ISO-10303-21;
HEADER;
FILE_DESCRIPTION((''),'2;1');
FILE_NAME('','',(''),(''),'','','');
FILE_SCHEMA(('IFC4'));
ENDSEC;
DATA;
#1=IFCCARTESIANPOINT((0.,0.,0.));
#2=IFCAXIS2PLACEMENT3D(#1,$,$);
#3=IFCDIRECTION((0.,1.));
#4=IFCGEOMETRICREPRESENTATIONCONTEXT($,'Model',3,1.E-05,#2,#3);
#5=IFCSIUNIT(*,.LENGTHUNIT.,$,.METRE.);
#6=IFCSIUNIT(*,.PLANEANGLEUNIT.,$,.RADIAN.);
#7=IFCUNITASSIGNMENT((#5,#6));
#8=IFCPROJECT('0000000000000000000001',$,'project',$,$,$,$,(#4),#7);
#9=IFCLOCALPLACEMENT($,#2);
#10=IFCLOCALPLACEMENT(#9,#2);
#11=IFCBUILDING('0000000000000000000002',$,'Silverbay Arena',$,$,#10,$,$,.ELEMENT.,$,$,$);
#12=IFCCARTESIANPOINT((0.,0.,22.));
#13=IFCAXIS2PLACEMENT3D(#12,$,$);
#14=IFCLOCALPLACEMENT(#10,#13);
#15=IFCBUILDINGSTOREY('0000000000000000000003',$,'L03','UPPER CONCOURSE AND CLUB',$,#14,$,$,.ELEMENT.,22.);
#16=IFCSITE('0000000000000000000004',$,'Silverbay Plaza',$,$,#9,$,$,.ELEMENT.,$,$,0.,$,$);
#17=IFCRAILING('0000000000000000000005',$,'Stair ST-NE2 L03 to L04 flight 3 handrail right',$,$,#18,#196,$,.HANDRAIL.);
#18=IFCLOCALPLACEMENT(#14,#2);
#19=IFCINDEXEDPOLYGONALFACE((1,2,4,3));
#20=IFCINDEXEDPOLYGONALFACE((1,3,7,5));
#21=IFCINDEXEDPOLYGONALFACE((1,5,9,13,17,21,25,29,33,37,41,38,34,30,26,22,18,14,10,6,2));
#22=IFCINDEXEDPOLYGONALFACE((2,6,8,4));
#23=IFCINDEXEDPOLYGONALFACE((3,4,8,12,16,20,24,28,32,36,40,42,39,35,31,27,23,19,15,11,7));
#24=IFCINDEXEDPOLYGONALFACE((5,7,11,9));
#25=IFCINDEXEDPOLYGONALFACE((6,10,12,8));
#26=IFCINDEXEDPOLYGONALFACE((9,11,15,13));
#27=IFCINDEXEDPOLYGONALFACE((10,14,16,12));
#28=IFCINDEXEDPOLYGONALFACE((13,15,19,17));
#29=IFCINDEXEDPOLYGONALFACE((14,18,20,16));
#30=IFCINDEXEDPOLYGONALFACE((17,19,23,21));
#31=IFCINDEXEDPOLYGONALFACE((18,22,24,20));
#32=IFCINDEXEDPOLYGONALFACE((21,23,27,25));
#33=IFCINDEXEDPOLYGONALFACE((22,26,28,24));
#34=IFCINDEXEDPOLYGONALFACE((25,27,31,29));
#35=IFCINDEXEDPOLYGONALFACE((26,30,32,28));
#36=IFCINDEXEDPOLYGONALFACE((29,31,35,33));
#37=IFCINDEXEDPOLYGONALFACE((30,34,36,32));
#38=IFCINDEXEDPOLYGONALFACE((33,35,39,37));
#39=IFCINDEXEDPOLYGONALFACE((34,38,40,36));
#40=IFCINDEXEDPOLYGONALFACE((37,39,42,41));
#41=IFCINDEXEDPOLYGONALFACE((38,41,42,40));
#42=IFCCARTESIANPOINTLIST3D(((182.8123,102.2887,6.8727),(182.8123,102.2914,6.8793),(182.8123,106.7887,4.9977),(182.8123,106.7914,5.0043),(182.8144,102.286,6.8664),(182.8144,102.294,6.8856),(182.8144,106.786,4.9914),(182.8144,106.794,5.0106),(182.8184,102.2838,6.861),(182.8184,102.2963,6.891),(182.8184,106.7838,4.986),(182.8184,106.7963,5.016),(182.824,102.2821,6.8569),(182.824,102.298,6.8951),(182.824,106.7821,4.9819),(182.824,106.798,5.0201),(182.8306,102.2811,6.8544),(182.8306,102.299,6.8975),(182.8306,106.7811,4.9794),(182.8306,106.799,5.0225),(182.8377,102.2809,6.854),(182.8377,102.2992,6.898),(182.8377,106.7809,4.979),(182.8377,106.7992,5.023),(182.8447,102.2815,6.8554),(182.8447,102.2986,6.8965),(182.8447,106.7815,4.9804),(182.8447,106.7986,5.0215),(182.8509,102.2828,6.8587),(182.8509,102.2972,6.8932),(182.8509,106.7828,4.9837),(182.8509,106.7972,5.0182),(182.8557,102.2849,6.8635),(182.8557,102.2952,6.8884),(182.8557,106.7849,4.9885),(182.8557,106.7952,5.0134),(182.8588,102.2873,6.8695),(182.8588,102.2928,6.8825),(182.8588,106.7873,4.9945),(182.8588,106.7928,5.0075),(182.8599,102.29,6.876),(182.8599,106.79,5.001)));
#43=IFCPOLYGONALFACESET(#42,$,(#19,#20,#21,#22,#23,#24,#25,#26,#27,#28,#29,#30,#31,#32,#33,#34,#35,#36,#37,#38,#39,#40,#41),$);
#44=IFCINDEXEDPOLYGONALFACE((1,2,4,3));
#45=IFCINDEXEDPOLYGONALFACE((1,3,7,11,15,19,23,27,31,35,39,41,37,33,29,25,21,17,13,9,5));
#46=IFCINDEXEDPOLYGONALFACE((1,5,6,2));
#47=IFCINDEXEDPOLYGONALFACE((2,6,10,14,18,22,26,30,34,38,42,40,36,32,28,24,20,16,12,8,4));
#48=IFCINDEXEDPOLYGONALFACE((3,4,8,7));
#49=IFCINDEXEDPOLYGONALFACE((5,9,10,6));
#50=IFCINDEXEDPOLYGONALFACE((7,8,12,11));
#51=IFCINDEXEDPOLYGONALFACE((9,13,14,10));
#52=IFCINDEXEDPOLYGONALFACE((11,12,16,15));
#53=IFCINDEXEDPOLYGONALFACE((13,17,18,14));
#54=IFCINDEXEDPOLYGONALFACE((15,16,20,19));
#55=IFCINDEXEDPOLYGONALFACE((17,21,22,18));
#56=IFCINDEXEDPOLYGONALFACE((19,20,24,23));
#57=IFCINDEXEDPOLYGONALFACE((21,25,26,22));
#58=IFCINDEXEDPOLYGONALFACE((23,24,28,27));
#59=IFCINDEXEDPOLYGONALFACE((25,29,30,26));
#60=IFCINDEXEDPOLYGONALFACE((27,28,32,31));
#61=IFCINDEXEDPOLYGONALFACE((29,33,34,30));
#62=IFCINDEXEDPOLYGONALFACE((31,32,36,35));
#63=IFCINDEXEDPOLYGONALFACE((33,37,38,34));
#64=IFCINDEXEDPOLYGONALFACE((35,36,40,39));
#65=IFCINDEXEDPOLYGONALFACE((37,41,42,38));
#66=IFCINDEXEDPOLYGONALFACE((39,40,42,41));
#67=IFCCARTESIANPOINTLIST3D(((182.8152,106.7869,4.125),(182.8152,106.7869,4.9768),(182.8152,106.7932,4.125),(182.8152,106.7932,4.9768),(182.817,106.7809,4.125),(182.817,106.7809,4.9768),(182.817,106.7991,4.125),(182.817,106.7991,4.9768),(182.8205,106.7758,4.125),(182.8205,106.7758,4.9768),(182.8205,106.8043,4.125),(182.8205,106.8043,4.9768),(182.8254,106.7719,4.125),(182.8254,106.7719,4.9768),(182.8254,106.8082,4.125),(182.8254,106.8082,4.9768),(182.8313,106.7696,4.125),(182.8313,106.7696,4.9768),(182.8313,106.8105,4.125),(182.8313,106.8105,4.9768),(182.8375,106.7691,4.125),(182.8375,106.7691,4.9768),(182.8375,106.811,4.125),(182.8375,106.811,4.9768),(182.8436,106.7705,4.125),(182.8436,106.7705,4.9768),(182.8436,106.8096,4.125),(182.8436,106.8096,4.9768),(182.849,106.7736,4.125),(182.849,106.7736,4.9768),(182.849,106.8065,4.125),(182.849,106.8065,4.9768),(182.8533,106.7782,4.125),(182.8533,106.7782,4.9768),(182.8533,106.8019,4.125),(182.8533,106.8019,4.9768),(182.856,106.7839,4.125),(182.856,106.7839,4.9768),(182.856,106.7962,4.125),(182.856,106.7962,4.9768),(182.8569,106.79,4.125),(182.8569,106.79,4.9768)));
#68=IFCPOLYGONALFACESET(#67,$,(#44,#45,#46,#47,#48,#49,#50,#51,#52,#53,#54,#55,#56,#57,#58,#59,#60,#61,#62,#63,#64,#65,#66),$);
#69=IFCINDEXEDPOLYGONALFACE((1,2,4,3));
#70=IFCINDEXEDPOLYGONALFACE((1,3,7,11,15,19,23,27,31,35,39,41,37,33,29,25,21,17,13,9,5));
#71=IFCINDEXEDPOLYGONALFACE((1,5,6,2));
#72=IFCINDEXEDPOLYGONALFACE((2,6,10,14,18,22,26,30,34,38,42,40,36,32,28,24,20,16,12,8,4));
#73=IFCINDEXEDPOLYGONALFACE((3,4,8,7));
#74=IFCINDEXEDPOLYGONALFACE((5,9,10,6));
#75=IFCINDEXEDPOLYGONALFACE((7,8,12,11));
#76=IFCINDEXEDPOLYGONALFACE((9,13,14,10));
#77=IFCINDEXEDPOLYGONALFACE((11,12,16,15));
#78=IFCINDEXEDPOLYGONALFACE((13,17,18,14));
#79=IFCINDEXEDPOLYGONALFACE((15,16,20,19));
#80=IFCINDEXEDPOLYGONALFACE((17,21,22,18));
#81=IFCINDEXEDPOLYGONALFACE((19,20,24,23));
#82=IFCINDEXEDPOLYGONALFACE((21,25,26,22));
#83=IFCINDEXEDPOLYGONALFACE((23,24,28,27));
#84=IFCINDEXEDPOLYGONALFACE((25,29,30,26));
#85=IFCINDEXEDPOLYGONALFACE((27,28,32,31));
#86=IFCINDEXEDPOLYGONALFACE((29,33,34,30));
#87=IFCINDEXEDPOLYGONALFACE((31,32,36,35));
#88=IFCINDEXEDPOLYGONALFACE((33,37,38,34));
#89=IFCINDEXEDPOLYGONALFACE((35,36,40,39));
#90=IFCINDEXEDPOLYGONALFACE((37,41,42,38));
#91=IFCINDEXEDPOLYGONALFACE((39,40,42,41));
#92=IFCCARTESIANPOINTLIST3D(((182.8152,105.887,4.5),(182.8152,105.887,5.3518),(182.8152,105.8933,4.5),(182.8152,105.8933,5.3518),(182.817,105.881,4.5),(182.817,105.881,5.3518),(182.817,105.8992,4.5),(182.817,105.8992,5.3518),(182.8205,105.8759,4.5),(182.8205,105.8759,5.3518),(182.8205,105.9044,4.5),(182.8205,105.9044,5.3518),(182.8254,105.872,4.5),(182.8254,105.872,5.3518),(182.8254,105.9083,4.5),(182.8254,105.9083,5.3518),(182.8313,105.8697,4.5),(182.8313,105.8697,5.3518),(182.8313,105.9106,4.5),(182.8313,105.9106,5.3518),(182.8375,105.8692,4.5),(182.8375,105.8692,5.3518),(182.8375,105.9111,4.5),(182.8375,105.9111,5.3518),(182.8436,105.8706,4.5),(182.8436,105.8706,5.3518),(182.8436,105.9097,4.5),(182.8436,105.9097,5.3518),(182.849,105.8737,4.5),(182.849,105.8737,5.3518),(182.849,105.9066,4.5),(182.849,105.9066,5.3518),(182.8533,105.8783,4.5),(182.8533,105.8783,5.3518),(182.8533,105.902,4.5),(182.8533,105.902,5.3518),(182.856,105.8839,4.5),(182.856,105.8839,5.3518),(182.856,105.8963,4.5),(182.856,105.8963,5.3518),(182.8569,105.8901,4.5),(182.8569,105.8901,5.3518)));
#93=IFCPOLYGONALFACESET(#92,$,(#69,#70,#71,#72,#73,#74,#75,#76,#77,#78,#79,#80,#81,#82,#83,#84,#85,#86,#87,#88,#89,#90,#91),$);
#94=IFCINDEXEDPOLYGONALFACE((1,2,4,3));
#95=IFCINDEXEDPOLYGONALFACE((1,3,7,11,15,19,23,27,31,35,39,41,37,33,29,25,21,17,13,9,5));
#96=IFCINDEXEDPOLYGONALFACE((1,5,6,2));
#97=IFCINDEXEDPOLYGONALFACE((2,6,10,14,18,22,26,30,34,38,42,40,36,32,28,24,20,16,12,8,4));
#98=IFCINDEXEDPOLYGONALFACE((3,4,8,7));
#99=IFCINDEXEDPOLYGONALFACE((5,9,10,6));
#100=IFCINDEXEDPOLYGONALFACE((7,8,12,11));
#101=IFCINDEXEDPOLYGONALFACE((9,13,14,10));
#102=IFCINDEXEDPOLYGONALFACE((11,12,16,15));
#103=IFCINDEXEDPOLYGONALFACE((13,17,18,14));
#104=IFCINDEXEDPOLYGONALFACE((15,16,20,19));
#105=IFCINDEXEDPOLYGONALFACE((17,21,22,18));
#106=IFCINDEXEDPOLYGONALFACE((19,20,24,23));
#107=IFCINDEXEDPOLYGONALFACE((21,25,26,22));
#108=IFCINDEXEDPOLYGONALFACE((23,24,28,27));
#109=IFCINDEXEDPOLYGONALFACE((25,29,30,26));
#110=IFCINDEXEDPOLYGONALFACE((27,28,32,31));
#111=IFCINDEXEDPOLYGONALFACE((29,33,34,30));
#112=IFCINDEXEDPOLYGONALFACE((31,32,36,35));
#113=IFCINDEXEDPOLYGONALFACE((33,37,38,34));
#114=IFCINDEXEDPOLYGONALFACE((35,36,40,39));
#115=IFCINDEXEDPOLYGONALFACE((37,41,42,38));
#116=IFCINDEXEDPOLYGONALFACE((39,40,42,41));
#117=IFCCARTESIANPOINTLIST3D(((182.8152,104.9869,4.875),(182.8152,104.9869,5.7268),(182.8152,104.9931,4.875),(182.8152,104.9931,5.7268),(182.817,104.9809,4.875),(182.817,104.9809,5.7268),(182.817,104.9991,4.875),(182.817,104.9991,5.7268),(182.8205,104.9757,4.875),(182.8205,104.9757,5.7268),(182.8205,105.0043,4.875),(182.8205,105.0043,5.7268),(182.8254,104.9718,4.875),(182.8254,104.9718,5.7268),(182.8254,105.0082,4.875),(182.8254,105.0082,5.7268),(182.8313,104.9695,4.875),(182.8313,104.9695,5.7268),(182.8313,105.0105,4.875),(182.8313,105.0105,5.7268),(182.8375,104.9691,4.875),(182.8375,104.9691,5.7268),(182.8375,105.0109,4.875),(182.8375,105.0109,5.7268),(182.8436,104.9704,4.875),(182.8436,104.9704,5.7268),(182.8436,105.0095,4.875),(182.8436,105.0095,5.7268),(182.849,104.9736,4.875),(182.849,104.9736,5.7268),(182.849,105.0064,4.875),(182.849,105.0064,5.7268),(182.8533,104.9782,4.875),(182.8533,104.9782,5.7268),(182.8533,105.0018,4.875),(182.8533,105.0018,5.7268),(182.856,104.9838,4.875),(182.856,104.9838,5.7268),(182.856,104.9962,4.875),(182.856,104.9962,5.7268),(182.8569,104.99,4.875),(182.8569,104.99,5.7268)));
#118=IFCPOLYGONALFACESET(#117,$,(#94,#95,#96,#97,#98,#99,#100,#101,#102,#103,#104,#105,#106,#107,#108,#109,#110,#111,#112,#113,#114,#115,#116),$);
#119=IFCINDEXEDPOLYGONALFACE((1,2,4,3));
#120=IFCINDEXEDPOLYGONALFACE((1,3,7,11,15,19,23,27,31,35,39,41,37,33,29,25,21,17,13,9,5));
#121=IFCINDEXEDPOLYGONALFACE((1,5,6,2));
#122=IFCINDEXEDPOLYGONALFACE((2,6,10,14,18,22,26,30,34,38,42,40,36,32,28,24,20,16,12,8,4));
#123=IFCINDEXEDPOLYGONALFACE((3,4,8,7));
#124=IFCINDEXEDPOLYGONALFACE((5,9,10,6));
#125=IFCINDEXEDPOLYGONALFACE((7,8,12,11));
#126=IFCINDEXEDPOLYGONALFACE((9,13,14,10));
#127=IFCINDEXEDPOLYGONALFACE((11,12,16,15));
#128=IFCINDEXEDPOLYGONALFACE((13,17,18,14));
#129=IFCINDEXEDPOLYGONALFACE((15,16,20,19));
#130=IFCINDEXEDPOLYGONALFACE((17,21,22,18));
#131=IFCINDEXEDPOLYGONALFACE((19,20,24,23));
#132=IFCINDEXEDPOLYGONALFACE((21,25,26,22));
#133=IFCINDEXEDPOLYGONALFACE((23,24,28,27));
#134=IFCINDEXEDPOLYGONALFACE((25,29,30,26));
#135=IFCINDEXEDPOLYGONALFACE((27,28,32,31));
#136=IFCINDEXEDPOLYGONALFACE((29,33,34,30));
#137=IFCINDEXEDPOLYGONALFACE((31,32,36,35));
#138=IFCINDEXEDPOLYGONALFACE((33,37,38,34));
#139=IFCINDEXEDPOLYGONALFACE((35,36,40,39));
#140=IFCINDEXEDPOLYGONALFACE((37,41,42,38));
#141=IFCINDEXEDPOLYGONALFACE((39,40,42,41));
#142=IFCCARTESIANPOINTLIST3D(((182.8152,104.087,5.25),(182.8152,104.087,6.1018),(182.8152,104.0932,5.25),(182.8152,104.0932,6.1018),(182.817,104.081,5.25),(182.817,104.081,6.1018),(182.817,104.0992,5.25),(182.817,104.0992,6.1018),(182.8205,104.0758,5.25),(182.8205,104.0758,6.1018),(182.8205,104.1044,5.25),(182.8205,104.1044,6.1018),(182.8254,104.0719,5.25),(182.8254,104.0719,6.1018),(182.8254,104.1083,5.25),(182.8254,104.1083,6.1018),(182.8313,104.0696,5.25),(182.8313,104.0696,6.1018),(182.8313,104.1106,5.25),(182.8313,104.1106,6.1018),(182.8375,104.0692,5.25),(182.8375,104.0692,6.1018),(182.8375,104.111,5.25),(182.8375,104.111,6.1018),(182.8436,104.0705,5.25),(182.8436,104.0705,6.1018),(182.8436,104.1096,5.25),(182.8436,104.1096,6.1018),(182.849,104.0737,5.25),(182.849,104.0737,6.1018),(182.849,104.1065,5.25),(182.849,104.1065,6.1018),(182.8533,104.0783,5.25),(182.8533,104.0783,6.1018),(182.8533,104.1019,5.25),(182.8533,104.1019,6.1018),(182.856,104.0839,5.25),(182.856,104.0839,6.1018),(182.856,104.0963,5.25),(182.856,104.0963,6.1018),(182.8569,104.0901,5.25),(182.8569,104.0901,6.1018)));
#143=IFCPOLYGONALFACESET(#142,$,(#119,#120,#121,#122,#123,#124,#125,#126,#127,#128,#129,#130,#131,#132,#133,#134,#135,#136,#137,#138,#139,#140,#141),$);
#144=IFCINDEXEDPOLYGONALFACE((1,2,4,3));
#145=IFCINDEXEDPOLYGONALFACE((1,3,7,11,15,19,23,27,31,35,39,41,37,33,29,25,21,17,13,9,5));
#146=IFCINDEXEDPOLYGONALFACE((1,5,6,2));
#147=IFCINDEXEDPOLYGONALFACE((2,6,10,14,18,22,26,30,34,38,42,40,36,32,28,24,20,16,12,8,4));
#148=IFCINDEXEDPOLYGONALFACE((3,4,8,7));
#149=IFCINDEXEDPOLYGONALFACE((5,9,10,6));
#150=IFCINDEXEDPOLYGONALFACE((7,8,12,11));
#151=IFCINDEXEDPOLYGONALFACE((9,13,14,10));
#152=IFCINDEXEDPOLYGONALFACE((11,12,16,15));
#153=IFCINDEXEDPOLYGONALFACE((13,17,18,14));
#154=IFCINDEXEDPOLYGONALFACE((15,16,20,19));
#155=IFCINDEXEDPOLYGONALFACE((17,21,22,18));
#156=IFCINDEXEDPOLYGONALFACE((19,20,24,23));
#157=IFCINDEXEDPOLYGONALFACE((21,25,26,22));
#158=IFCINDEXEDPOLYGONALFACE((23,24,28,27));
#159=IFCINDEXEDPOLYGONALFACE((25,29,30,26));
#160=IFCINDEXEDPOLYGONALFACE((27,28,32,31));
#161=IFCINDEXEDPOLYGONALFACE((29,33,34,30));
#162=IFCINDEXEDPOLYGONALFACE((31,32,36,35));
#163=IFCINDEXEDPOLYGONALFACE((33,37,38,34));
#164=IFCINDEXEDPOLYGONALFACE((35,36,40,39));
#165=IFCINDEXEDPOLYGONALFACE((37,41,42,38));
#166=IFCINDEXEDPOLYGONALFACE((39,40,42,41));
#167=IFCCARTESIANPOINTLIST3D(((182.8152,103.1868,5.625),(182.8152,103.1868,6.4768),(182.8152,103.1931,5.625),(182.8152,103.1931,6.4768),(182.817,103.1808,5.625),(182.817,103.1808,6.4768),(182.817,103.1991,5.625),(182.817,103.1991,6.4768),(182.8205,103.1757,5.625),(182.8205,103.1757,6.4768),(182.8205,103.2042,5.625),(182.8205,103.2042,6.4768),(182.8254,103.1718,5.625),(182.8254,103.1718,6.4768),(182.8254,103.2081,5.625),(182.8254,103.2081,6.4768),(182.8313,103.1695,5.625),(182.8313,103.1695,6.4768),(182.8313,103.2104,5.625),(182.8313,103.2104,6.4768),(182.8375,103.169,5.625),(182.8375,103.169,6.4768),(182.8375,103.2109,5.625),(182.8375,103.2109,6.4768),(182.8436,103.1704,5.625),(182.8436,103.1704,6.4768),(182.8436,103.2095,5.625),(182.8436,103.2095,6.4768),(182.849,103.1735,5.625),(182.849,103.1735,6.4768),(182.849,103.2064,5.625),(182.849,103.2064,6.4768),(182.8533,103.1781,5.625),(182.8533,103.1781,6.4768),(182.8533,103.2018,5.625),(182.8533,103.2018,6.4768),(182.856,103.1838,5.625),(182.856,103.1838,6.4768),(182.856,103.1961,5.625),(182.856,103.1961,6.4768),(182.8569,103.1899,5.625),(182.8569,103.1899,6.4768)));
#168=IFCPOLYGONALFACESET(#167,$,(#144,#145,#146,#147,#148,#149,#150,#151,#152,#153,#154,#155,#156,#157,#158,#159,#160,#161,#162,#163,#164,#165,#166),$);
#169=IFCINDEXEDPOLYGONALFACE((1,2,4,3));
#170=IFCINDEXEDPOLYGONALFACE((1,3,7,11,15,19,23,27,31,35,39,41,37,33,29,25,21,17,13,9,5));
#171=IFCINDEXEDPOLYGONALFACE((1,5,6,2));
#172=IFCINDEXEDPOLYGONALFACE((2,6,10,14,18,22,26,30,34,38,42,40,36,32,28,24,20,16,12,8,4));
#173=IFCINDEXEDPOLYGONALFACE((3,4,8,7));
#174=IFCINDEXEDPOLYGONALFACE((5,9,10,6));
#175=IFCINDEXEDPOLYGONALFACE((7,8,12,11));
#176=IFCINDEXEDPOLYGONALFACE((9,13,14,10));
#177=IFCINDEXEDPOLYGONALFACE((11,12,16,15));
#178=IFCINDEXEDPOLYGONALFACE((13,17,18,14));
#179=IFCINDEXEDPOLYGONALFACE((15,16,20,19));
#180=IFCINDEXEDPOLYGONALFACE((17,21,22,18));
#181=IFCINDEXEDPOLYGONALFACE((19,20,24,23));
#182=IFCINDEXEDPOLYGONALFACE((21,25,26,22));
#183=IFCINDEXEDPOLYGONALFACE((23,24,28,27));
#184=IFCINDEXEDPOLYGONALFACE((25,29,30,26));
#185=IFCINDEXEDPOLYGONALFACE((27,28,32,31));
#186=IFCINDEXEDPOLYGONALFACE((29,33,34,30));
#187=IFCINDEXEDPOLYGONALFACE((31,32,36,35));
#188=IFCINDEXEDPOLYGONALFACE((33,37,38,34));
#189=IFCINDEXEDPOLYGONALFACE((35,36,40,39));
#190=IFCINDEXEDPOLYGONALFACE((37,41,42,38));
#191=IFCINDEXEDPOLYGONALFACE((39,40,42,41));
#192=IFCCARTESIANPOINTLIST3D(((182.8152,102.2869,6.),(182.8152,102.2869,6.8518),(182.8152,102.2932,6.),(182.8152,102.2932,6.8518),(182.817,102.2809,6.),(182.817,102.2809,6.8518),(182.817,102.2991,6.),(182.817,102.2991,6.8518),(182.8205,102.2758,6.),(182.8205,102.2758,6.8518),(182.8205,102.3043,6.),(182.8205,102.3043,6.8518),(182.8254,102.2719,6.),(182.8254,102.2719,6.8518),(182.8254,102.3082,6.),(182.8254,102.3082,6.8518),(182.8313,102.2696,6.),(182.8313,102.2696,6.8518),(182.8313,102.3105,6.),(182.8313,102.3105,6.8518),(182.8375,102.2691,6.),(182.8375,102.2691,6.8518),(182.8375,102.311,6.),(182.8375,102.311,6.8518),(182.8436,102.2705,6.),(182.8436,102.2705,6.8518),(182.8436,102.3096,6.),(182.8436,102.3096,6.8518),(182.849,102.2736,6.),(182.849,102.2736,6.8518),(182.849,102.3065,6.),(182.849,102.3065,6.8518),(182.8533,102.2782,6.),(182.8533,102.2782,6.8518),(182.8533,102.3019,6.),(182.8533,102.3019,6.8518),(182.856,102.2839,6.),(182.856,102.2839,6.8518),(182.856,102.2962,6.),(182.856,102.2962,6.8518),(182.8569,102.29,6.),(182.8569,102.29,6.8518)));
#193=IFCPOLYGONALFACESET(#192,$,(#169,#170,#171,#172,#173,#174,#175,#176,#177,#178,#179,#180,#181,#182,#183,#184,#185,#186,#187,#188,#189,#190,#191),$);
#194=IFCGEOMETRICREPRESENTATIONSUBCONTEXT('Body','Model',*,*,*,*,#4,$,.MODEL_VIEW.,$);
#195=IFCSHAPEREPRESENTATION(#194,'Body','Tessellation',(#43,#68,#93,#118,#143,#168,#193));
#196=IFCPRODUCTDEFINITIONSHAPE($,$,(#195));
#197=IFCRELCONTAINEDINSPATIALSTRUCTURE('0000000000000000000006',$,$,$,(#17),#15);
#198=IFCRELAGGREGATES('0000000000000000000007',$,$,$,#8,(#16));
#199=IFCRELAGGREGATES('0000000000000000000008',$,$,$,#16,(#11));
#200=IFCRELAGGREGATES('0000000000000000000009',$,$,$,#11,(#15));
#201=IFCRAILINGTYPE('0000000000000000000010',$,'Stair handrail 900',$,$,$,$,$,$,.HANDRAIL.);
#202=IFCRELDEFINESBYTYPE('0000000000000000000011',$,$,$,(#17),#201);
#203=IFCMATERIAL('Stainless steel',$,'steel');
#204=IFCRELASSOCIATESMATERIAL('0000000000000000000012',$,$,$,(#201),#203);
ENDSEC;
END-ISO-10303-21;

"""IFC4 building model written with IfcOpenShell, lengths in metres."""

from ifc_helpers import new_model, si_unit, direction, frame, origin, origin_2d, place, context, subcontext, project, spatial, circle, extrude, material, type_object, element, save


model = new_model("IFC4")

# Units and contexts
model_context = context("Model", 3, precision=1e-05, world=origin(), true_north=direction((0.0, 1.0)))
body_context = subcontext(model_context, "Body", "Model", "MODEL_VIEW")
ifc_project = project(units=[si_unit("LENGTHUNIT", "METRE"), si_unit("PLANEANGLEUNIT", "RADIAN")], contexts=[model_context])

# Site, building, storey
site_placement = place(None, origin())
site = spatial("IfcSite", under=ifc_project, at=site_placement, Name="Silverbay Plaza", CompositionType="ELEMENT", RefElevation=0.0)
building_placement = place(site_placement, origin())
building = spatial("IfcBuilding", under=site, at=building_placement, Name="Silverbay Arena", CompositionType="ELEMENT")
storey_placement = place(building_placement, frame((0.0, 0.0, 22.0)))
storey = spatial("IfcBuildingStorey", under=building, at=storey_placement, Name="L03", Description="UPPER CONCOURSE AND CLUB", CompositionType="ELEMENT", Elevation=22.0)

# Railing
ifc_material_1 = material(Name="Stainless steel", Category="steel")
railing_type_1 = type_object("IfcRailingType", Name="Stair handrail 900", PredefinedType="HANDRAIL", material=ifc_material_1)
railing_1_placement = place(storey_placement, frame((182.8359, 106.79, 4.125)))
element("IfcRailing", 1, at=railing_1_placement, inside=storey, type_object=railing_type_1, Name="Stair ST-NE2 L03 to L04 flight 3 handrail right", PredefinedType="HANDRAIL", context=body_context, shape_type="SweptSolid", body=[
    extrude(circle(Radius=0.0239, at=origin_2d()), frame((0.0, 0.0, 0.876), z_axis=(0.0, -0.923077, 0.384615), x_axis=(1.0, 0.0, 0.0)), (0.0, 0.0, 1.0), 4.875),
    extrude(circle(Radius=0.021, at=origin_2d()), origin(), (0.0, 0.0, 1.0), 0.8518),
    extrude(circle(Radius=0.021, at=origin_2d()), frame((0.0, -0.8999, 0.375)), (0.0, 0.0, 1.0), 0.8518),
    extrude(circle(Radius=0.021, at=origin_2d()), frame((0.0, -1.8, 0.75)), (0.0, 0.0, 1.0), 0.8518),
    extrude(circle(Radius=0.021, at=origin_2d()), frame((0.0, -2.7, 1.125)), (0.0, 0.0, 1.0), 0.8518),
    extrude(circle(Radius=0.021, at=origin_2d()), frame((0.0, -3.6001, 1.5)), (0.0, 0.0, 1.0), 0.8518),
    extrude(circle(Radius=0.021, at=origin_2d()), frame((0.0, -4.5, 1.875)), (0.0, 0.0, 1.0), 0.8518),
])

save(model, "model.ifc")
